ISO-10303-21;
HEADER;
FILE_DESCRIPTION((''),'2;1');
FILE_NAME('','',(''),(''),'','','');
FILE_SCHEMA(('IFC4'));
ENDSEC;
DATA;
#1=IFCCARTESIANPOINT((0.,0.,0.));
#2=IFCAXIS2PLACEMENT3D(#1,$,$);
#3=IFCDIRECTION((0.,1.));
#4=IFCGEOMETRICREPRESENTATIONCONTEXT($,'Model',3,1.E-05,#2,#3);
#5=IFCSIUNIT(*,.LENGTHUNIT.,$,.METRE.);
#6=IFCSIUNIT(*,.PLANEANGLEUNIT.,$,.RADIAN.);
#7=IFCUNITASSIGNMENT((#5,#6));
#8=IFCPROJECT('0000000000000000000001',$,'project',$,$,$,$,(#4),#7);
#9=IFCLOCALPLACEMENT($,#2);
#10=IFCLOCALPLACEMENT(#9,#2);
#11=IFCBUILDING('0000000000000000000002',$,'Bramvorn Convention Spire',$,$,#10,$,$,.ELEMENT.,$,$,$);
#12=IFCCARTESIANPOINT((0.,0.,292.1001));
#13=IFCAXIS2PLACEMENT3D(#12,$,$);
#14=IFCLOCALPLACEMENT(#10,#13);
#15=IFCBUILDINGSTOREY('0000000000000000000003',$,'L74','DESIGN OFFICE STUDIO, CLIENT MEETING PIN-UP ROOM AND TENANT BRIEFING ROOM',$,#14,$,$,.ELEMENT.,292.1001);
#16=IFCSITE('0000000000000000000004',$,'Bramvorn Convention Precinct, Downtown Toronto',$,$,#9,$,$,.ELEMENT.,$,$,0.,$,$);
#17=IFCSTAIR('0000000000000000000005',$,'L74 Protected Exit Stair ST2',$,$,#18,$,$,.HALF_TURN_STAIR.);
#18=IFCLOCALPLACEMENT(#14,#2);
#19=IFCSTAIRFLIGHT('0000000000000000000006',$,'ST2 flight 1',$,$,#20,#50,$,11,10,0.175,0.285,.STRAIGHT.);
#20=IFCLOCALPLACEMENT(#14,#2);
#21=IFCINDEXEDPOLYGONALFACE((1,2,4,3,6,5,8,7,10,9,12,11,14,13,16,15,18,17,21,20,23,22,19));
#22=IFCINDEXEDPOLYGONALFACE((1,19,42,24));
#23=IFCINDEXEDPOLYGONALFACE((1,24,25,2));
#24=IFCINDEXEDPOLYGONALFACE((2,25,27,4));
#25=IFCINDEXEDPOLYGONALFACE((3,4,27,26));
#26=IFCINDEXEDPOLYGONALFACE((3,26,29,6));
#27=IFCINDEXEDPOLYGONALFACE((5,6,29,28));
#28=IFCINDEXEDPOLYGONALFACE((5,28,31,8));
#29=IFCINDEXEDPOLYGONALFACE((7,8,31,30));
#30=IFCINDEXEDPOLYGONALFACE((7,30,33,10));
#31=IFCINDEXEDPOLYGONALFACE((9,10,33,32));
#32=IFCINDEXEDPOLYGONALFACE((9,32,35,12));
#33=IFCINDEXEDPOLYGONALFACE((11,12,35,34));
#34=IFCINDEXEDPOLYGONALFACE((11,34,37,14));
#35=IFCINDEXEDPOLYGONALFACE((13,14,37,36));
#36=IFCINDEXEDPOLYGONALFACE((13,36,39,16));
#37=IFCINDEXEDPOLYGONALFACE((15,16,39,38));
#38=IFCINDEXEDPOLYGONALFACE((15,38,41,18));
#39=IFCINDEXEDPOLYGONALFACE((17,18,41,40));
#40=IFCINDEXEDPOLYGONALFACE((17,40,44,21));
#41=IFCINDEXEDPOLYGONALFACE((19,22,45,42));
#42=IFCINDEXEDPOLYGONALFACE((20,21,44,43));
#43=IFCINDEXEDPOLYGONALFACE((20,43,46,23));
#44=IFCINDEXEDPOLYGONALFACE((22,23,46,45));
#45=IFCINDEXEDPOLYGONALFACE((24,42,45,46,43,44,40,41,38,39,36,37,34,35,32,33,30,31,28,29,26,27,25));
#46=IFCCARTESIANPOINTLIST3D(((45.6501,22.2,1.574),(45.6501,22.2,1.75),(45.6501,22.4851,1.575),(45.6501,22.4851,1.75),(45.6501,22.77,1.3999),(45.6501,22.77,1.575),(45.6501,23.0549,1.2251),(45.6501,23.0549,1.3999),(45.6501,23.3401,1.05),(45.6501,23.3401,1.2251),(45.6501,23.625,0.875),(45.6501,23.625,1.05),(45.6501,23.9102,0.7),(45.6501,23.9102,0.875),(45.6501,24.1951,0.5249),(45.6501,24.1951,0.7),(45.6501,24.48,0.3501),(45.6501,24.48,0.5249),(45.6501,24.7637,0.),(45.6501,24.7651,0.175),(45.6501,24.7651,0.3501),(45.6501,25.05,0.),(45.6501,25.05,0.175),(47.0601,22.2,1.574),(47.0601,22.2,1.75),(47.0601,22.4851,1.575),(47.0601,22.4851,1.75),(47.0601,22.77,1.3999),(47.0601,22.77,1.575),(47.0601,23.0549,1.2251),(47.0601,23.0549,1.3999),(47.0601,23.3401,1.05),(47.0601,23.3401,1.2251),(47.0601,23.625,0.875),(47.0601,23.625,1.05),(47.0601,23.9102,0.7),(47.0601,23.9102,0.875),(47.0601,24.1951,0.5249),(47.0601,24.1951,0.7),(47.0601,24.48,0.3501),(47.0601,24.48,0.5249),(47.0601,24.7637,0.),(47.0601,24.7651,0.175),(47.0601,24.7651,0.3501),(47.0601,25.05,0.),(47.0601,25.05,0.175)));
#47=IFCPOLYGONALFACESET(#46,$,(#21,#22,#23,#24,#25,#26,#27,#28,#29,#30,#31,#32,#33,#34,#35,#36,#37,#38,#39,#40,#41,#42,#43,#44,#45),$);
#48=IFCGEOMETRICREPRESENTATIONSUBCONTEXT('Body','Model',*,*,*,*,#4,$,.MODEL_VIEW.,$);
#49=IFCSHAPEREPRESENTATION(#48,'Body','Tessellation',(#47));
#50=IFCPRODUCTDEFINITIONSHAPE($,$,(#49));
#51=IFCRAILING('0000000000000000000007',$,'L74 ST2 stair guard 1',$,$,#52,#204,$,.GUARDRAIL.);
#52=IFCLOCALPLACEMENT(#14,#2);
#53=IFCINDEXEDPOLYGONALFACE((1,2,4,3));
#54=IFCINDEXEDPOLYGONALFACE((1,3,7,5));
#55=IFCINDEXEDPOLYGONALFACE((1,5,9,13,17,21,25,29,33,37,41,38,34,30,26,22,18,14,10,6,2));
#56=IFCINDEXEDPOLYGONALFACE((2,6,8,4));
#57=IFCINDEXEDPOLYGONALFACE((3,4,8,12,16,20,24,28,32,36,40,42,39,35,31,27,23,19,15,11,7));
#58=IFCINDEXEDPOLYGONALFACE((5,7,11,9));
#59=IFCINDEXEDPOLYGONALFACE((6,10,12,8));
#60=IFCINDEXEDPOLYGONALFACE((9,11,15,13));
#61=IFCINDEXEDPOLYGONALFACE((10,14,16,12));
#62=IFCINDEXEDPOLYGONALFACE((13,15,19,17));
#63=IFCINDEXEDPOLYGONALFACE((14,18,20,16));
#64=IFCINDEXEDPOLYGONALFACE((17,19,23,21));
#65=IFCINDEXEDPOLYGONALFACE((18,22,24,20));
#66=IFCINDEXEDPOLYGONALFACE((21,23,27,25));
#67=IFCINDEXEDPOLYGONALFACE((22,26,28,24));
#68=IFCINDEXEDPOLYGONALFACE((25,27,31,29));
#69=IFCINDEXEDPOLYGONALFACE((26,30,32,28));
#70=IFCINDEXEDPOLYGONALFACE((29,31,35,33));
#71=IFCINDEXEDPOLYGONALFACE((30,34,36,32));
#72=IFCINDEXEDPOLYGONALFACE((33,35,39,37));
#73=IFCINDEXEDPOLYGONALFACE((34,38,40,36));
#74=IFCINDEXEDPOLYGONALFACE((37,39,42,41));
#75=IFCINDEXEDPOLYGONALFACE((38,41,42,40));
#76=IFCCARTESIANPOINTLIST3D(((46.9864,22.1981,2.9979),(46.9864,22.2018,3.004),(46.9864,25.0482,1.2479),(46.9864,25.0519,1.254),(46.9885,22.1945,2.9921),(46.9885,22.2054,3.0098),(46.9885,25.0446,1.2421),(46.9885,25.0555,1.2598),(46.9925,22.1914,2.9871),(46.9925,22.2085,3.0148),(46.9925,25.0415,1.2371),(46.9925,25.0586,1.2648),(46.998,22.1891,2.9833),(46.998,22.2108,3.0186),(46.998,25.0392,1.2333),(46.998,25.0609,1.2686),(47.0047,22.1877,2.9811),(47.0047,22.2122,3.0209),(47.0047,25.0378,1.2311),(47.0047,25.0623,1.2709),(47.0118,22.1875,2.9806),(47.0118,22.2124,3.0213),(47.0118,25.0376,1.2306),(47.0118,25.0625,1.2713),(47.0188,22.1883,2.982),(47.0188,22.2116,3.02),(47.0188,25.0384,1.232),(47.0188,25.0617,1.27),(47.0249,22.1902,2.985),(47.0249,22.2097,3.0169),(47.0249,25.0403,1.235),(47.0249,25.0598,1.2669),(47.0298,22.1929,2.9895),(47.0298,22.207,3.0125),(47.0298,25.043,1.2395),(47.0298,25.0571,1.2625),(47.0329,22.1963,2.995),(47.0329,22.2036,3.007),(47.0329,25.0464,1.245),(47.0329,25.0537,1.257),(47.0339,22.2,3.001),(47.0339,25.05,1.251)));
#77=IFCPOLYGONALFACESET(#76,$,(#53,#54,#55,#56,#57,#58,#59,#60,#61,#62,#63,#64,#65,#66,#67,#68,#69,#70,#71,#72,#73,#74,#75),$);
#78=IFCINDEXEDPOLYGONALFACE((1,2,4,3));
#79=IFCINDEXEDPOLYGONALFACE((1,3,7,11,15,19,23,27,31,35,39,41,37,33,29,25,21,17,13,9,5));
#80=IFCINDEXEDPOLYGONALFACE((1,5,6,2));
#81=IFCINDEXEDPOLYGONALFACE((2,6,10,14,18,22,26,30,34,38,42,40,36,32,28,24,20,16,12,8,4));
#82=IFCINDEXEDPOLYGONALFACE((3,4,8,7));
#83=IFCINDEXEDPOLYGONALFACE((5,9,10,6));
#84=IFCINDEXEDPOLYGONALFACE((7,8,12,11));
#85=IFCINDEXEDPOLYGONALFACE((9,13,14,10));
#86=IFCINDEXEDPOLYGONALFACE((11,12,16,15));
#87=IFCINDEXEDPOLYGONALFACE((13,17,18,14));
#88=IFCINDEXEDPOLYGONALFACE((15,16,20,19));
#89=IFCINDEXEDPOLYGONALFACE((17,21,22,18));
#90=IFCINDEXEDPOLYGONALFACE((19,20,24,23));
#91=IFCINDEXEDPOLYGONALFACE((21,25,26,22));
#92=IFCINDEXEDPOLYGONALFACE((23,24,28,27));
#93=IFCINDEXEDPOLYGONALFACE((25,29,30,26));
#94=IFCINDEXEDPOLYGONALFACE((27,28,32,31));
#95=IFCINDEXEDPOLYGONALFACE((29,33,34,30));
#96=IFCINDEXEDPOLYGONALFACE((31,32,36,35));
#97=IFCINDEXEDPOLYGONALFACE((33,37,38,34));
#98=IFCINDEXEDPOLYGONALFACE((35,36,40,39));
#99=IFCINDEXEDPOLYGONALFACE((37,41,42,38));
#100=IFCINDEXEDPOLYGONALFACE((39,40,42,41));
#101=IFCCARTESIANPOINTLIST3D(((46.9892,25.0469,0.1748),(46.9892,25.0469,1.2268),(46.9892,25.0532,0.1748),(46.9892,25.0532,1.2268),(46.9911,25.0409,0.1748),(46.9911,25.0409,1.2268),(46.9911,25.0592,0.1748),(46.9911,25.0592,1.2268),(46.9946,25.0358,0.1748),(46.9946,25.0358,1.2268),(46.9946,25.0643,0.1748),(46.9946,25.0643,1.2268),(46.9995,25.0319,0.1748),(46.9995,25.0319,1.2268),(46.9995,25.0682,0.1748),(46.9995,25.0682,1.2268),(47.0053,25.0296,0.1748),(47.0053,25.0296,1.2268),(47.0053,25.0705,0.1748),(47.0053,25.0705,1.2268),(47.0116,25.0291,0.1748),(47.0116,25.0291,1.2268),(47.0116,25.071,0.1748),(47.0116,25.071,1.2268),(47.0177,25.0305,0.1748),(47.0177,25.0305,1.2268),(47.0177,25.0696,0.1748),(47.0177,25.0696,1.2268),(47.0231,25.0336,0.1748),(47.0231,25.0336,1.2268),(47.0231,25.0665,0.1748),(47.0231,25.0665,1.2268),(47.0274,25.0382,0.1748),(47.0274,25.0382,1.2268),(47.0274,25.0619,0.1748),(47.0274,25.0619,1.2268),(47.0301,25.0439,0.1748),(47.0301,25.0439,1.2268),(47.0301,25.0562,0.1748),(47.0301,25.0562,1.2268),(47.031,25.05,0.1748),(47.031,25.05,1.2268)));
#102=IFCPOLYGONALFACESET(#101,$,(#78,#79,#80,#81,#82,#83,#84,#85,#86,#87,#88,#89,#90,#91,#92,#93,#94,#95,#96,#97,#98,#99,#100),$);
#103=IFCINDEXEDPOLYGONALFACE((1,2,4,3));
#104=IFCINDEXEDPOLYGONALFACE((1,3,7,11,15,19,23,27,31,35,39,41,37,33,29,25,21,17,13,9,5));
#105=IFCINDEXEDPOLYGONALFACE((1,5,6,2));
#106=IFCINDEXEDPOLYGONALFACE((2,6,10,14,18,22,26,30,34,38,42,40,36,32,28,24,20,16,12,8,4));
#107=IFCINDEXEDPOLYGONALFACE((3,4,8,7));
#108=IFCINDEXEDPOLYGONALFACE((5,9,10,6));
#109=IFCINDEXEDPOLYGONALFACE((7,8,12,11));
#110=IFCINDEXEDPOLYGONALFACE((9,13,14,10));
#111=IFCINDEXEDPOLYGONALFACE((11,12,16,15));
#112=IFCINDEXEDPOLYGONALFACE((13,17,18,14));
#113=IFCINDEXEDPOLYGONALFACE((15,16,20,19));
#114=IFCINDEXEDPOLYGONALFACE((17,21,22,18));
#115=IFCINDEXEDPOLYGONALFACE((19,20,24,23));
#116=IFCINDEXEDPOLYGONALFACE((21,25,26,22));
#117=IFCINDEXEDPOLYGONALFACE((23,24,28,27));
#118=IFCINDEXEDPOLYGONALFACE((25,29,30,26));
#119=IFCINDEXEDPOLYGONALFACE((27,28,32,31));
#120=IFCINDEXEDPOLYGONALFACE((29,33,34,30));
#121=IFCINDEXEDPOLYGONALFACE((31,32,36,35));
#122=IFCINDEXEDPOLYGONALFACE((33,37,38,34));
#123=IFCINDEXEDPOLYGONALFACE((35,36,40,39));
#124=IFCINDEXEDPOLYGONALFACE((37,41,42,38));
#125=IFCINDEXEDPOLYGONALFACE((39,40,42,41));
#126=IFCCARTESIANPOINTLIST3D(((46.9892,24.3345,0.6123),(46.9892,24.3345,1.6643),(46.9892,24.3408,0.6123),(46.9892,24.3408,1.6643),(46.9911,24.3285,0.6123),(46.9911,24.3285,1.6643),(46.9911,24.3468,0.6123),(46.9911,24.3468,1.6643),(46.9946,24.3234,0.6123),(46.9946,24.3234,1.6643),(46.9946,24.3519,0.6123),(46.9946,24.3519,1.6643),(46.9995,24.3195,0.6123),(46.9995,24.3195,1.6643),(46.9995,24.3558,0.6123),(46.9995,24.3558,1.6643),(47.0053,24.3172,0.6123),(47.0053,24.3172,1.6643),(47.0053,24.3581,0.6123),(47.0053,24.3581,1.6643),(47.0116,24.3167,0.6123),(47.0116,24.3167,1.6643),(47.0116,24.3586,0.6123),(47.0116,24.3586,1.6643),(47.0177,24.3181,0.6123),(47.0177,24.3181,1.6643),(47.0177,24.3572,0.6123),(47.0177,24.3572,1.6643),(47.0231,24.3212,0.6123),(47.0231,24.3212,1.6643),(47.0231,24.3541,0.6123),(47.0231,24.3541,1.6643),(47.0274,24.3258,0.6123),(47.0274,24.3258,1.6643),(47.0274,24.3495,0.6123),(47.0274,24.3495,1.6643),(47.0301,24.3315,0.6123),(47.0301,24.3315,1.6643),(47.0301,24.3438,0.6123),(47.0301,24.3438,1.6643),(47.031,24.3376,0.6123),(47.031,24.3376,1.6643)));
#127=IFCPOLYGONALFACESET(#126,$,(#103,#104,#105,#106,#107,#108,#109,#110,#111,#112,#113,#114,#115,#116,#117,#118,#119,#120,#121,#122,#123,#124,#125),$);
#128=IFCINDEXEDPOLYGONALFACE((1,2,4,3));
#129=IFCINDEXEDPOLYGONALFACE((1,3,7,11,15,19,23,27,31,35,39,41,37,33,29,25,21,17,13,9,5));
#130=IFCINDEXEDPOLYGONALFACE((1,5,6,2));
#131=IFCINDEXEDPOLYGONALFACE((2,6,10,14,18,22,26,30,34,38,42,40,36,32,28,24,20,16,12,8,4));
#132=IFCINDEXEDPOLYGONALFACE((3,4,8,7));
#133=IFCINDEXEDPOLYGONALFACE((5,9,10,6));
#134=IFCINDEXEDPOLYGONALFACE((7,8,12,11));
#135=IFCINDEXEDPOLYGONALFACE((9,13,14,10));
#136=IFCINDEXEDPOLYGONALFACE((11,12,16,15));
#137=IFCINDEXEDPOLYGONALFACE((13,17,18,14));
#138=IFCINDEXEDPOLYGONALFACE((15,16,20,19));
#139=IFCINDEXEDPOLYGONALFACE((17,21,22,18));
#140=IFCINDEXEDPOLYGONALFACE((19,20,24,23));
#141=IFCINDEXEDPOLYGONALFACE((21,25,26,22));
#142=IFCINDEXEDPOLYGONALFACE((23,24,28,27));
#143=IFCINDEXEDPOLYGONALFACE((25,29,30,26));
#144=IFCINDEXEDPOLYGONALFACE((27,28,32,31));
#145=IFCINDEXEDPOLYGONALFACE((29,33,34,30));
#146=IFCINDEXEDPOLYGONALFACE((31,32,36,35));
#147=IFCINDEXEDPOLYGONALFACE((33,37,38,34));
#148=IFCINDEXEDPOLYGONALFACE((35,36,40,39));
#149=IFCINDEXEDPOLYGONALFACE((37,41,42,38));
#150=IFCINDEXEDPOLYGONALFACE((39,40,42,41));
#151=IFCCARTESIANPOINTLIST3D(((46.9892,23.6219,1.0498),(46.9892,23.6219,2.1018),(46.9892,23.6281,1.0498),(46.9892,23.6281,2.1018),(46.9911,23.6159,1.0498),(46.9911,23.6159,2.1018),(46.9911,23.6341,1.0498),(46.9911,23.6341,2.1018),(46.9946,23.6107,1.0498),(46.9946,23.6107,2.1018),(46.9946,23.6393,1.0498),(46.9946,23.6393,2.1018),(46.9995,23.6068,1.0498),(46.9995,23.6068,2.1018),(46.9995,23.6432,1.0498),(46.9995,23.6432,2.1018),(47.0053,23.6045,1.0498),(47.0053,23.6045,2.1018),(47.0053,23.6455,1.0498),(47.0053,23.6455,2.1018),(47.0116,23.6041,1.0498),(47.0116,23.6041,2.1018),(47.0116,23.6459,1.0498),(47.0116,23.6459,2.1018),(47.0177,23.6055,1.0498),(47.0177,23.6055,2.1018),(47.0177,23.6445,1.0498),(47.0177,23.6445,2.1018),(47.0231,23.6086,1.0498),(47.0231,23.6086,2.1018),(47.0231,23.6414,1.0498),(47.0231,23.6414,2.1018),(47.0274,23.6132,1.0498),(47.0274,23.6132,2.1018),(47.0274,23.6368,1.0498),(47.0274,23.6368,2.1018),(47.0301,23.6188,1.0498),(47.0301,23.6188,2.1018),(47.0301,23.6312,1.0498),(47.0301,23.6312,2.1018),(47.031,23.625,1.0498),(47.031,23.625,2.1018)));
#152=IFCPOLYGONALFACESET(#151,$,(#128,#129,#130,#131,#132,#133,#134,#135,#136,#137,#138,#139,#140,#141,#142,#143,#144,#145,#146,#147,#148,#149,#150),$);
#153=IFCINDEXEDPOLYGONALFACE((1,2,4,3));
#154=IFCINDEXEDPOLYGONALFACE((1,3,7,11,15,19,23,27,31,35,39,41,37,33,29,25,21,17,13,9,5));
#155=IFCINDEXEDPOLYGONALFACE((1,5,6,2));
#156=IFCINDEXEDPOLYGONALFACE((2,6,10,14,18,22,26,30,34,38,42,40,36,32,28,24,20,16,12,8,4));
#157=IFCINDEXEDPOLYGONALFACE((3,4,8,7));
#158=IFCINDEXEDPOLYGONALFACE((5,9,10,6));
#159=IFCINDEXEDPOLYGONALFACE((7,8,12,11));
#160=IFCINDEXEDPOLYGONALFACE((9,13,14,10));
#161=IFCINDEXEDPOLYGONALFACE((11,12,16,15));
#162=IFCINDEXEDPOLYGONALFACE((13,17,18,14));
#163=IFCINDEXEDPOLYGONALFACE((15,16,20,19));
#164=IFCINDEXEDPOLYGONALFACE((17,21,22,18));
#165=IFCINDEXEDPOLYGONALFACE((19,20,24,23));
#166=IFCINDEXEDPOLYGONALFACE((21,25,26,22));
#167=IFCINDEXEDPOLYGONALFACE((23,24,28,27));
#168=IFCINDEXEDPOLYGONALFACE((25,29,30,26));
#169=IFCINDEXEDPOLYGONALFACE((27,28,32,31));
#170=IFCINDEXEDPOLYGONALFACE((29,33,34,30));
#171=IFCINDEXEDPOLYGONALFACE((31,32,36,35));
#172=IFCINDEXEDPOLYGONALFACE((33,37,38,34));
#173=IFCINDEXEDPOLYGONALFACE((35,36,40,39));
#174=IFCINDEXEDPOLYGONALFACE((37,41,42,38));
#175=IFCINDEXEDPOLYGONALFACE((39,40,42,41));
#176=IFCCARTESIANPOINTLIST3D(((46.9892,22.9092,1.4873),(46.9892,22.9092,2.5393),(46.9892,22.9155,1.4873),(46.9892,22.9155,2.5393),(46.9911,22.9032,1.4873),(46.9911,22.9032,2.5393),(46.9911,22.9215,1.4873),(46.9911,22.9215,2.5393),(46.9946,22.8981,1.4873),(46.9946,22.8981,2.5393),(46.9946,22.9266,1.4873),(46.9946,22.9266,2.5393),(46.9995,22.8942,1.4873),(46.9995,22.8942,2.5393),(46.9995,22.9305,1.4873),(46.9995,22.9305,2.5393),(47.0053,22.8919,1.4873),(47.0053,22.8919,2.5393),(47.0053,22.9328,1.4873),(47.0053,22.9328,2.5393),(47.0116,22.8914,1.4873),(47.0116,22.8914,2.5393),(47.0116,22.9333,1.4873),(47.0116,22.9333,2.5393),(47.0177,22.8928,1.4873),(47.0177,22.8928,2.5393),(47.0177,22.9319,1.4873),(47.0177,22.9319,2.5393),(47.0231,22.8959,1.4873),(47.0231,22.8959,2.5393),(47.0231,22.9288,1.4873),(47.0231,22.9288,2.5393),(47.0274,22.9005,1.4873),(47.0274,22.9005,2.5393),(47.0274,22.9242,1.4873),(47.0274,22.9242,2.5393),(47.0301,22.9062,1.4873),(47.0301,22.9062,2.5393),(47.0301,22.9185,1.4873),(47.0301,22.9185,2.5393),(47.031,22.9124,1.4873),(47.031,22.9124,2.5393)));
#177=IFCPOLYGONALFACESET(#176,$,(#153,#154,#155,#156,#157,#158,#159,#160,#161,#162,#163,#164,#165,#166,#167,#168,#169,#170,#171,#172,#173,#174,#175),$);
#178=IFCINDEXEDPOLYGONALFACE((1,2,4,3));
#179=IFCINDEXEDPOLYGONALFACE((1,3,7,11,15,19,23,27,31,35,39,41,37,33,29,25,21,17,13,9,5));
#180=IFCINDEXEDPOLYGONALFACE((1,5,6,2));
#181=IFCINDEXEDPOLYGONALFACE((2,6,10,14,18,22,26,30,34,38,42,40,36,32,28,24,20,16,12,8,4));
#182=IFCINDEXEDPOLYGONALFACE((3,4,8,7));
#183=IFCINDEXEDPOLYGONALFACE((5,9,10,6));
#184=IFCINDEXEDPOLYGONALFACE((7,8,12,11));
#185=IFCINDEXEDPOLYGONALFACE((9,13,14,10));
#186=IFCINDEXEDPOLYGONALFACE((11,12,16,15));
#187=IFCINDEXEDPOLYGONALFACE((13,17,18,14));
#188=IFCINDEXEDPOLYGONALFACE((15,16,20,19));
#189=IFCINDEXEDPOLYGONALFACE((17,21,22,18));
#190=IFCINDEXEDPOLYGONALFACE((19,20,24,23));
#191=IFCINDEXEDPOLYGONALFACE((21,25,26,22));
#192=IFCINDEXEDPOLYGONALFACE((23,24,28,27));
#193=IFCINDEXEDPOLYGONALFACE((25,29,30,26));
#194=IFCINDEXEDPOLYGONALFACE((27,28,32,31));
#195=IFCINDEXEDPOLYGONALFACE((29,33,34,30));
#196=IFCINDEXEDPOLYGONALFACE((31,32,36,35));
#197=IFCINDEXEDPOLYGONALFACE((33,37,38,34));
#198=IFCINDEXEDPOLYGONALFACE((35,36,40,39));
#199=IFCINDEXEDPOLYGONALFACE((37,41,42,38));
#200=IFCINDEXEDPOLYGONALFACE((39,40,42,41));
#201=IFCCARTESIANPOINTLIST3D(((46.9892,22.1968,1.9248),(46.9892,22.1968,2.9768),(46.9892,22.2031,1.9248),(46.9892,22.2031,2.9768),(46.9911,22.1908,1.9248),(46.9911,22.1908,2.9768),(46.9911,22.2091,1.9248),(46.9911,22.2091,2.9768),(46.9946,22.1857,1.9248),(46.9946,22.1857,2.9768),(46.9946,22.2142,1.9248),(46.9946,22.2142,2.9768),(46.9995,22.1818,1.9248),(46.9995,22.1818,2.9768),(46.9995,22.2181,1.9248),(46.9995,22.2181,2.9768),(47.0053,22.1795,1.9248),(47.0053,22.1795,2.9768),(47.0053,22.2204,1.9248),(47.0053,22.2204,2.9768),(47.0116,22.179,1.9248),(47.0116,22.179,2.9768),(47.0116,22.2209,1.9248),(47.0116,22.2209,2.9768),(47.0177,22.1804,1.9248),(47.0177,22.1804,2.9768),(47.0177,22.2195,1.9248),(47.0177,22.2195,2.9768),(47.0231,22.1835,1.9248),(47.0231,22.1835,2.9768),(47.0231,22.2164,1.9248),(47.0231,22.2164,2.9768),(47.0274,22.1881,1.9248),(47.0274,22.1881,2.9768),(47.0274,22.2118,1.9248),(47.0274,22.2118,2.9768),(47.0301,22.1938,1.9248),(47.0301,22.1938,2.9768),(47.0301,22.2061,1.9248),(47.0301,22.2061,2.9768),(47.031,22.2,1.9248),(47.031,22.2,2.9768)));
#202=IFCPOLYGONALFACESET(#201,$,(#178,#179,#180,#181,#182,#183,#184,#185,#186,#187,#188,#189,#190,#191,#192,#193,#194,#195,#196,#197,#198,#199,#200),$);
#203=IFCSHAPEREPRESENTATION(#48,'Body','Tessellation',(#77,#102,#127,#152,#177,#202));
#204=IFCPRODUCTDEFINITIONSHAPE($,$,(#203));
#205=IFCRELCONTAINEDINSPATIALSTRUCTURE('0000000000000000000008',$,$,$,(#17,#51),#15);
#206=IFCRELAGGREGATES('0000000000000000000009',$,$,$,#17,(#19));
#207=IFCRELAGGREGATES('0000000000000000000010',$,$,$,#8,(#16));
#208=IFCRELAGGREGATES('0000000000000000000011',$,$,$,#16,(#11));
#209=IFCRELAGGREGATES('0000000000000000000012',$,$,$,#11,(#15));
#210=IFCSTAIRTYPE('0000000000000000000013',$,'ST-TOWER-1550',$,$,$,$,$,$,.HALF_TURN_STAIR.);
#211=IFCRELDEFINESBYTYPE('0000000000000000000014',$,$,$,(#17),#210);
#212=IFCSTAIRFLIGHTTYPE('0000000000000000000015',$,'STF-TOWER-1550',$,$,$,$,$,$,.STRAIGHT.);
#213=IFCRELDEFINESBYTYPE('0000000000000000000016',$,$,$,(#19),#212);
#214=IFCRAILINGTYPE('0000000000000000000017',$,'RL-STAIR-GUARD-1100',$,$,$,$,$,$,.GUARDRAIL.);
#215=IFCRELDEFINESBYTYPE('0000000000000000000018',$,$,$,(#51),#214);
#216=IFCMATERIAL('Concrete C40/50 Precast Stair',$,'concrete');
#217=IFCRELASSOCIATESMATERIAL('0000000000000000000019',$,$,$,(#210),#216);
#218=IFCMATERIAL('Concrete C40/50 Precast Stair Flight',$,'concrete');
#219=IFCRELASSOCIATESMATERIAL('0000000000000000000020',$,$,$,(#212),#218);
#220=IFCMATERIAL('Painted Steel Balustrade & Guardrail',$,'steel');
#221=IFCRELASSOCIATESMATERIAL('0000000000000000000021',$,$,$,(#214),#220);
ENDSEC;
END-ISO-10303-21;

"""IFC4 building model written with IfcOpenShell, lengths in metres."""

from ifc_helpers import new_model, si_unit, direction, frame, origin, origin_2d, place, context, subcontext, project, spatial, polyline, circle, outline, extrude, material, type_object, element, aggregate, save


model = new_model("IFC4")

# Units and contexts
model_context = context("Model", 3, precision=1e-05, world=origin(), true_north=direction((0.0, 1.0)))
body_context = subcontext(model_context, "Body", "Model", "MODEL_VIEW")
ifc_project = project(units=[si_unit("LENGTHUNIT", "METRE"), si_unit("PLANEANGLEUNIT", "RADIAN")], contexts=[model_context])

# Site, building, storey
site_placement = place(None, origin())
site = spatial("IfcSite", under=ifc_project, at=site_placement, Name="Bramvorn Convention Precinct, Downtown Toronto", CompositionType="ELEMENT", RefElevation=0.0)
building_placement = place(site_placement, origin())
building = spatial("IfcBuilding", under=site, at=building_placement, Name="Bramvorn Convention Spire", CompositionType="ELEMENT")
storey_placement = place(building_placement, frame((0.0, 0.0, 292.1001)))
storey = spatial("IfcBuildingStorey", under=building, at=storey_placement, Name="L74", Description="DESIGN OFFICE STUDIO, CLIENT MEETING PIN-UP ROOM AND TENANT BRIEFING ROOM", CompositionType="ELEMENT", Elevation=292.1001)

# Stair, stair flight
ifc_material_1 = material(Name="Concrete C40/50 Precast Stair", Category="concrete")
stair_type = type_object("IfcStairType", Name="ST-TOWER-1550", PredefinedType="HALF_TURN_STAIR", material=ifc_material_1)
stair_placement = place(storey_placement, origin())
stair = element("IfcStair", 1, at=stair_placement, inside=storey, type_object=stair_type, Name="L74 Protected Exit Stair ST2", PredefinedType="HALF_TURN_STAIR")
ifc_material_2 = material(Name="Concrete C40/50 Precast Stair Flight", Category="concrete")
stair_flight_type = type_object("IfcStairFlightType", Name="STF-TOWER-1550", PredefinedType="STRAIGHT", material=ifc_material_2)
stair_flight_placement = place(storey_placement, frame((46.355, 25.05, 0.0), z_axis=(0.0, 0.0, 1.0), x_axis=(0.0, -1.0, 0.0)))
stair_flight = element("IfcStairFlight", 2, at=stair_flight_placement, type_object=stair_flight_type, Name="ST2 flight 1", NumberOfRisers=11, NumberOfTreads=10, PredefinedType="STRAIGHT", RiserHeight=0.175, TreadLength=0.285, context=body_context, shape_type="SweptSolid", body=[
    extrude(outline(polyline([(0.0, 0.0), (0.0, 0.175), (0.2849, 0.175), (0.2849, 0.3501), (0.5701, 0.3501), (0.5701, 0.5249), (0.855, 0.5249), (0.855, 0.7), (1.1399, 0.7), (1.1399, 0.875), (1.425, 0.875), (1.425, 1.05), (1.71, 1.05), (1.71, 1.2251), (1.9951, 1.2251), (1.9951, 1.3999), (2.28, 1.3999), (2.28, 1.575), (2.5649, 1.575), (2.5649, 1.75), (2.8501, 1.75), (2.8501, 1.925), (2.8501, 1.574), (0.2864, 0.0), (0.0, 0.0)])), frame((0.0, 0.7051, 0.0), z_axis=(0.0, -1.0, 0.0), x_axis=(1.0, 0.0, 0.0)), (0.0, 0.0, 1.0), 1.4099),
])
aggregate(stair, [stair_flight])

# Railing
ifc_material_3 = material(Name="Painted Steel Balustrade & Guardrail", Category="steel")
railing_type_1 = type_object("IfcRailingType", Name="RL-STAIR-GUARD-1100", PredefinedType="GUARDRAIL", material=ifc_material_3)
railing_1_placement = place(storey_placement, frame((47.01, 25.05, 0.1748)))
element("IfcRailing", 3, at=railing_1_placement, inside=storey, type_object=railing_type_1, Name="L74 ST2 stair guard 1", PredefinedType="GUARDRAIL", context=body_context, shape_type="SweptSolid", body=[
    extrude(circle(Radius=0.0239, at=origin_2d()), frame((0.0, 0.0, 1.0762), z_axis=(0.0, -0.852179, 0.52325), x_axis=(1.0, 0.0, 0.0)), (0.0, 0.0, 1.0), 3.3445),
    extrude(circle(Radius=0.021, at=origin_2d()), origin(), (0.0, 0.0, 1.0), 1.052),
    extrude(circle(Radius=0.021, at=origin_2d()), frame((0.0, -0.7124, 0.4375)), (0.0, 0.0, 1.0), 1.052),
    extrude(circle(Radius=0.021, at=origin_2d()), frame((0.0, -1.425, 0.875)), (0.0, 0.0, 1.0), 1.052),
    extrude(circle(Radius=0.021, at=origin_2d()), frame((0.0, -2.1377, 1.3125)), (0.0, 0.0, 1.0), 1.052),
    extrude(circle(Radius=0.021, at=origin_2d()), frame((0.0, -2.8501, 1.75)), (0.0, 0.0, 1.0), 1.052),
])

save(model, "model.ifc")
